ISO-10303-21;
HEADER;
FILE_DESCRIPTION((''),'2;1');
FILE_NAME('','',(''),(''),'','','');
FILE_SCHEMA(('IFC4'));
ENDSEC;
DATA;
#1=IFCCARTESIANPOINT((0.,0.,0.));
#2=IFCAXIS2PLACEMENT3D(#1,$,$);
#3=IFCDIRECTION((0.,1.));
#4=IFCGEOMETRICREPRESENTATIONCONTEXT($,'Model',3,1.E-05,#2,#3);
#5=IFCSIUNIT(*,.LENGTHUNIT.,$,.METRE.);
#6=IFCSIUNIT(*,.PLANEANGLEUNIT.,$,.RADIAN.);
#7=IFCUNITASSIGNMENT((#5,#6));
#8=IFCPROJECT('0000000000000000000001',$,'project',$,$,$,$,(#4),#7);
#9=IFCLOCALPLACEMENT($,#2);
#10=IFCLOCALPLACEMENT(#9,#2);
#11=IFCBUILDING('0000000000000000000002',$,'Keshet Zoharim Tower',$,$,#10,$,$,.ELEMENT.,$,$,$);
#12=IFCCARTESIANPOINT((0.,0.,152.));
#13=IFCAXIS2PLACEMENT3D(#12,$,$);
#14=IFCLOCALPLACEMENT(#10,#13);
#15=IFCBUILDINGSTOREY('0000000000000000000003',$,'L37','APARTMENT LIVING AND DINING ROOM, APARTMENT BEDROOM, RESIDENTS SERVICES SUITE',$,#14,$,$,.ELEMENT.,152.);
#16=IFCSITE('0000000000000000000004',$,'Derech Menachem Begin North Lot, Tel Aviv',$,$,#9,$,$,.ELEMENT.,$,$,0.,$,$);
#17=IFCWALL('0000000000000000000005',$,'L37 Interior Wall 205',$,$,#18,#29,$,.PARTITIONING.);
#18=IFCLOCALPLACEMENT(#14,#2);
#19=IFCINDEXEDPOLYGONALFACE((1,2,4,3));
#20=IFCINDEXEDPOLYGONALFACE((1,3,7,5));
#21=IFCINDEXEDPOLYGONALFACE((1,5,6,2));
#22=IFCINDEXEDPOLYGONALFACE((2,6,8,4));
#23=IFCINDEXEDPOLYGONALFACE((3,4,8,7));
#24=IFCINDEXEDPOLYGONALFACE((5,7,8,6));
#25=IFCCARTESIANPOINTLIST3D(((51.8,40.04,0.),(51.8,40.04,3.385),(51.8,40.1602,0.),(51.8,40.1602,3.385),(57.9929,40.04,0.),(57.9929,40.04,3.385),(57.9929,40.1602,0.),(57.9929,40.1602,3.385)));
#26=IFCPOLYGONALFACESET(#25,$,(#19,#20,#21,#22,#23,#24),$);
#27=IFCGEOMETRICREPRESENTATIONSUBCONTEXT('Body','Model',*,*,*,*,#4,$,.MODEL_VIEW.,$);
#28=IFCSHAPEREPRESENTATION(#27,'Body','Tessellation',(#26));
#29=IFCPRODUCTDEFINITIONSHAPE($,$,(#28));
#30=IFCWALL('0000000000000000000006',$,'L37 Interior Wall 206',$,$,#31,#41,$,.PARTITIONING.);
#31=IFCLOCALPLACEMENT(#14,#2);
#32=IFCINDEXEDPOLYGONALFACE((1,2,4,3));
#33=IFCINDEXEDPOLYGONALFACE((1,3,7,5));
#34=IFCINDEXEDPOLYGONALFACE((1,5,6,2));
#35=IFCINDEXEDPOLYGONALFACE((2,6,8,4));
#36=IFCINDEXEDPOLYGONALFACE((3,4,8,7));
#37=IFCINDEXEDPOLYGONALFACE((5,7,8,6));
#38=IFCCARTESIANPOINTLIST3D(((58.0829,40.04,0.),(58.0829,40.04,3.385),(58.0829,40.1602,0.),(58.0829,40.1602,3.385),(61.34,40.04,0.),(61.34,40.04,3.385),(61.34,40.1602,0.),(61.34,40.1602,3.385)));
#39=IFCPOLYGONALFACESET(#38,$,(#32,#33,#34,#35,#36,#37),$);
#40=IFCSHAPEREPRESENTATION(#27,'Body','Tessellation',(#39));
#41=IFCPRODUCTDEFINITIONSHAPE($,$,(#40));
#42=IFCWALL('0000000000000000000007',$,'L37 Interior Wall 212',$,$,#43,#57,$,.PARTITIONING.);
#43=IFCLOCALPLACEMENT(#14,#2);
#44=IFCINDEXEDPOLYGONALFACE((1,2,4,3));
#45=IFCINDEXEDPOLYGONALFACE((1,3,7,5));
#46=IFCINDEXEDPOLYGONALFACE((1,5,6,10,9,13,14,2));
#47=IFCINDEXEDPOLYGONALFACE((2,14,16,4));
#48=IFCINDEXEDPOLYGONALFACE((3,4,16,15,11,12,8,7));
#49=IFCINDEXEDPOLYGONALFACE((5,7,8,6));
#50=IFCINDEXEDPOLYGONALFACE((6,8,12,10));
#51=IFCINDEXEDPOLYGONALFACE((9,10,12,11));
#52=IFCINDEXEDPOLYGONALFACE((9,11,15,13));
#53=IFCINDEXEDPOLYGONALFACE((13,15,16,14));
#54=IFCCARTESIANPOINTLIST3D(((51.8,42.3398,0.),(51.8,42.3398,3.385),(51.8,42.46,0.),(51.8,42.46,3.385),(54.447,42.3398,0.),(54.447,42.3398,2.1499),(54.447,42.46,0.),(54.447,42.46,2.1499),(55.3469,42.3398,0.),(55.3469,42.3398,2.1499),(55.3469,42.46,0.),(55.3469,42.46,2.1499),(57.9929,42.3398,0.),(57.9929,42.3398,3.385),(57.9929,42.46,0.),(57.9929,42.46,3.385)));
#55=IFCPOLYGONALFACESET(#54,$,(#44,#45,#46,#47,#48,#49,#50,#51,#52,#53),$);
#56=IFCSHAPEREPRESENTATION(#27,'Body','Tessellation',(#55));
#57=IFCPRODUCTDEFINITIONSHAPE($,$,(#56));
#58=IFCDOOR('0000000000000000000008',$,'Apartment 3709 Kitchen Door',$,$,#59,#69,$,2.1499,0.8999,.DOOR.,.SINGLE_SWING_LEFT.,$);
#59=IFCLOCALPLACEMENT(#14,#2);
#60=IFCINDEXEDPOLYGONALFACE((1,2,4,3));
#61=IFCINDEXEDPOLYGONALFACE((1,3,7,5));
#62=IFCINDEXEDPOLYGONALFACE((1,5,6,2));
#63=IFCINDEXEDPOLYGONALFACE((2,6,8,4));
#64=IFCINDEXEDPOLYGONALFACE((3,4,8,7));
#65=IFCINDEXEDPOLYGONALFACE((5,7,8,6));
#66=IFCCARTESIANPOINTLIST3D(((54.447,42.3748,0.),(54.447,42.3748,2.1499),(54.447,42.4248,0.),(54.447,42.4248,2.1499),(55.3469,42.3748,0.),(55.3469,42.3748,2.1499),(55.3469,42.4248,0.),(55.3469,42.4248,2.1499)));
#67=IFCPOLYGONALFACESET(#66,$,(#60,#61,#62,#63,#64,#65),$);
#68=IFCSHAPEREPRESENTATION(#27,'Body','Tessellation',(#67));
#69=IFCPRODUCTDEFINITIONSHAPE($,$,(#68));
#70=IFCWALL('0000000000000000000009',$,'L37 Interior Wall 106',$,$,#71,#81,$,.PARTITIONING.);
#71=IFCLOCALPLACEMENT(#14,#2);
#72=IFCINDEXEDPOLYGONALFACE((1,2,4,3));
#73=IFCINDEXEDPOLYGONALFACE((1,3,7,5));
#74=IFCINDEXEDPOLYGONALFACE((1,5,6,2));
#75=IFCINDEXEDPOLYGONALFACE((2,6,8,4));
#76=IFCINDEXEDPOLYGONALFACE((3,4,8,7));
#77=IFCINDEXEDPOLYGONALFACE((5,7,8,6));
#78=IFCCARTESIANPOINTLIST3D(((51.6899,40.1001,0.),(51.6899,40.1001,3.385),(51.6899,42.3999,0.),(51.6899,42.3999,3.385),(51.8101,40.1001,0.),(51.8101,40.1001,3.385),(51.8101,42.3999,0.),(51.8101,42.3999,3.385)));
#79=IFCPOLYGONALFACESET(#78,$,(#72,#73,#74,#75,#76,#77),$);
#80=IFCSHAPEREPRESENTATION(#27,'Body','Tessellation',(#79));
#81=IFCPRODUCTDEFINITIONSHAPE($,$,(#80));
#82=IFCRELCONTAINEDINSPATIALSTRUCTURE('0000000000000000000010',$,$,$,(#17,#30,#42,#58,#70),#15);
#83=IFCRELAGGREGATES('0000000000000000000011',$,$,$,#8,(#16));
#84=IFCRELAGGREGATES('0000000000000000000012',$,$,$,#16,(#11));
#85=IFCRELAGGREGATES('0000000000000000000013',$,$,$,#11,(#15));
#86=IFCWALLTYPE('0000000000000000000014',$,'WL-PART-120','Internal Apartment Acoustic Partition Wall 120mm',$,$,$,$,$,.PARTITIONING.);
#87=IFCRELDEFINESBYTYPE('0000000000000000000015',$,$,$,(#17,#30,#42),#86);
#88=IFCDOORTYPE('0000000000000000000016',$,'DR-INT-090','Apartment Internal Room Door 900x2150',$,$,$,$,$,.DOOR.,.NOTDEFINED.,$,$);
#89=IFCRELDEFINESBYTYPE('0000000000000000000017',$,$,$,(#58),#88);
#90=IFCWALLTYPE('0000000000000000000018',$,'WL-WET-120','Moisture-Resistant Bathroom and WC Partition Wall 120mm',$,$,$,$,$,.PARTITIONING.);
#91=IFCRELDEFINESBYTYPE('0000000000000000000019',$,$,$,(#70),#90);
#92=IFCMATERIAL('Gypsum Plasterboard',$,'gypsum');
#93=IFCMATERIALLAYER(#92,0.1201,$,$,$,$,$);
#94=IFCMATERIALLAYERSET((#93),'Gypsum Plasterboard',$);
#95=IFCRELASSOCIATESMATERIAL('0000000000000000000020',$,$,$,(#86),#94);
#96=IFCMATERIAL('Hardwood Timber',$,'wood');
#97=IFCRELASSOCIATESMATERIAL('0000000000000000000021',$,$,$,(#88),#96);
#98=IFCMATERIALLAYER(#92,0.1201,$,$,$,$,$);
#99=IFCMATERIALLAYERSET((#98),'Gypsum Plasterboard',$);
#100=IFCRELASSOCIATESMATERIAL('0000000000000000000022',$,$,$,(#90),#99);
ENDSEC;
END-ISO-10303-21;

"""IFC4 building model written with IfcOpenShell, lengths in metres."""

from ifc_helpers import new_model, si_unit, direction, frame, frame_2d, origin, place, context, subcontext, project, spatial, rectangle, extrude, material, layer, layer_set, type_object, element, fill, save


model = new_model("IFC4")

# Units and contexts
model_context = context("Model", 3, precision=1e-05, world=origin(), true_north=direction((0.0, 1.0)))
body_context = subcontext(model_context, "Body", "Model", "MODEL_VIEW")
ifc_project = project(units=[si_unit("LENGTHUNIT", "METRE"), si_unit("PLANEANGLEUNIT", "RADIAN")], contexts=[model_context])

# Site, building, storey
site_placement = place(None, origin())
site = spatial("IfcSite", under=ifc_project, at=site_placement, Name="Derech Menachem Begin North Lot, Tel Aviv", CompositionType="ELEMENT", RefElevation=0.0)
building_placement = place(site_placement, origin())
building = spatial("IfcBuilding", under=site, at=building_placement, Name="Keshet Zoharim Tower", CompositionType="ELEMENT")
storey_placement = place(building_placement, frame((0.0, 0.0, 152.0)))
storey = spatial("IfcBuildingStorey", under=building, at=storey_placement, Name="L37", Description="APARTMENT LIVING AND DINING ROOM, APARTMENT BEDROOM, RESIDENTS SERVICES SUITE", CompositionType="ELEMENT", Elevation=152.0)

# Walls
ifc_material_1 = material(Name="Gypsum Plasterboard", Category="gypsum")
ifc_layer_1 = layer(ifc_material_1, 0.1201)
ifc_layer_set_1 = layer_set([ifc_layer_1], Name="Gypsum Plasterboard")
wall_type_1 = type_object("IfcWallType", Name="WL-PART-120", Description="Internal Apartment Acoustic Partition Wall 120mm", PredefinedType="PARTITIONING", material=ifc_layer_set_1)
wall_1_placement = place(storey_placement, frame((51.8, 40.1001, 0.0), z_axis=(0.0, 0.0, 1.0), x_axis=(1.0, 0.0, 0.0)))
element("IfcWall", 1, at=wall_1_placement, inside=storey, type_object=wall_type_1, Name="L37 Interior Wall 205", PredefinedType="PARTITIONING", context=body_context, shape_type="SweptSolid", body=[
    extrude(rectangle(XDim=6.1929, YDim=0.1201, at=frame_2d((3.0964, 0.0))), origin(), (0.0, 0.0, 1.0), 3.385),
])
wall_2_placement = place(storey_placement, frame((58.083, 40.1001, 0.0), z_axis=(0.0, 0.0, 1.0), x_axis=(1.0, 0.0, 0.0)))
element("IfcWall", 2, at=wall_2_placement, inside=storey, type_object=wall_type_1, Name="L37 Interior Wall 206", PredefinedType="PARTITIONING", context=body_context, shape_type="SweptSolid", body=[
    extrude(rectangle(XDim=3.2571, YDim=0.1201, at=frame_2d((1.6284, 0.0))), origin(), (0.0, 0.0, 1.0), 3.385),
])

# Wall, opening, door
wall_3_placement = place(storey_placement, frame((51.8, 42.3999, 0.0), z_axis=(0.0, 0.0, 1.0), x_axis=(1.0, 0.0, 0.0)))
wall_3 = element("IfcWall", 3, at=wall_3_placement, inside=storey, type_object=wall_type_1, Name="L37 Interior Wall 212", PredefinedType="PARTITIONING", context=body_context, shape_type="SweptSolid", body=[
    extrude(rectangle(XDim=6.1929, YDim=0.1201, at=frame_2d((3.0964, 0.0))), origin(), (0.0, 0.0, 1.0), 3.385),
])
opening_placement = place(wall_3_placement, frame((2.647, 0.0, 0.0)))
opening = element("IfcOpeningElement", 4, at=opening_placement, cuts=wall_3, PredefinedType="OPENING", context=body_context, shape_type="SweptSolid", body=[
    extrude(rectangle(XDim=0.8999, YDim=2.1499, at=frame_2d((0.45, 1.075))), frame((0.0, 0.0701, 0.0), z_axis=(0.0, -1.0, 0.0), x_axis=(1.0, 0.0, 0.0)), (0.0, 0.0, 1.0), 0.1401),
])
ifc_material_2 = material(Name="Hardwood Timber", Category="wood")
door_type = type_object("IfcDoorType", Name="DR-INT-090", Description="Apartment Internal Room Door 900x2150", OperationType="NOTDEFINED", PredefinedType="DOOR", material=ifc_material_2)
door_placement = place(opening_placement, origin())
door = element("IfcDoor", 5, at=door_placement, inside=storey, type_object=door_type, Name="Apartment 3709 Kitchen Door", OperationType="SINGLE_SWING_LEFT", OverallHeight=2.1499, OverallWidth=0.8999, PredefinedType="DOOR", context=body_context, shape_type="SweptSolid", body=[
    extrude(rectangle(XDim=0.8999, YDim=2.1499, at=frame_2d((0.45, 1.075))), frame((0.0, 0.0249, 0.0), z_axis=(0.0, -1.0, 0.0), x_axis=(1.0, 0.0, 0.0)), (0.0, 0.0, 1.0), 0.05),
])
fill(opening, door)

# Wall
ifc_layer_2 = layer(ifc_material_1, 0.1201)
ifc_layer_set_2 = layer_set([ifc_layer_2], Name="Gypsum Plasterboard")
wall_type_2 = type_object("IfcWallType", Name="WL-WET-120", Description="Moisture-Resistant Bathroom and WC Partition Wall 120mm", PredefinedType="PARTITIONING", material=ifc_layer_set_2)
wall_4_placement = place(storey_placement, frame((51.75, 40.1001, 0.0), z_axis=(0.0, 0.0, 1.0), x_axis=(0.0, 1.0, 0.0)))
element("IfcWall", 6, at=wall_4_placement, inside=storey, type_object=wall_type_2, Name="L37 Interior Wall 106", PredefinedType="PARTITIONING", context=body_context, shape_type="SweptSolid", body=[
    extrude(rectangle(XDim=2.2998, YDim=0.1201, at=frame_2d((1.1499, 0.0))), origin(), (0.0, 0.0, 1.0), 3.385),
])

save(model, "model.ifc")
